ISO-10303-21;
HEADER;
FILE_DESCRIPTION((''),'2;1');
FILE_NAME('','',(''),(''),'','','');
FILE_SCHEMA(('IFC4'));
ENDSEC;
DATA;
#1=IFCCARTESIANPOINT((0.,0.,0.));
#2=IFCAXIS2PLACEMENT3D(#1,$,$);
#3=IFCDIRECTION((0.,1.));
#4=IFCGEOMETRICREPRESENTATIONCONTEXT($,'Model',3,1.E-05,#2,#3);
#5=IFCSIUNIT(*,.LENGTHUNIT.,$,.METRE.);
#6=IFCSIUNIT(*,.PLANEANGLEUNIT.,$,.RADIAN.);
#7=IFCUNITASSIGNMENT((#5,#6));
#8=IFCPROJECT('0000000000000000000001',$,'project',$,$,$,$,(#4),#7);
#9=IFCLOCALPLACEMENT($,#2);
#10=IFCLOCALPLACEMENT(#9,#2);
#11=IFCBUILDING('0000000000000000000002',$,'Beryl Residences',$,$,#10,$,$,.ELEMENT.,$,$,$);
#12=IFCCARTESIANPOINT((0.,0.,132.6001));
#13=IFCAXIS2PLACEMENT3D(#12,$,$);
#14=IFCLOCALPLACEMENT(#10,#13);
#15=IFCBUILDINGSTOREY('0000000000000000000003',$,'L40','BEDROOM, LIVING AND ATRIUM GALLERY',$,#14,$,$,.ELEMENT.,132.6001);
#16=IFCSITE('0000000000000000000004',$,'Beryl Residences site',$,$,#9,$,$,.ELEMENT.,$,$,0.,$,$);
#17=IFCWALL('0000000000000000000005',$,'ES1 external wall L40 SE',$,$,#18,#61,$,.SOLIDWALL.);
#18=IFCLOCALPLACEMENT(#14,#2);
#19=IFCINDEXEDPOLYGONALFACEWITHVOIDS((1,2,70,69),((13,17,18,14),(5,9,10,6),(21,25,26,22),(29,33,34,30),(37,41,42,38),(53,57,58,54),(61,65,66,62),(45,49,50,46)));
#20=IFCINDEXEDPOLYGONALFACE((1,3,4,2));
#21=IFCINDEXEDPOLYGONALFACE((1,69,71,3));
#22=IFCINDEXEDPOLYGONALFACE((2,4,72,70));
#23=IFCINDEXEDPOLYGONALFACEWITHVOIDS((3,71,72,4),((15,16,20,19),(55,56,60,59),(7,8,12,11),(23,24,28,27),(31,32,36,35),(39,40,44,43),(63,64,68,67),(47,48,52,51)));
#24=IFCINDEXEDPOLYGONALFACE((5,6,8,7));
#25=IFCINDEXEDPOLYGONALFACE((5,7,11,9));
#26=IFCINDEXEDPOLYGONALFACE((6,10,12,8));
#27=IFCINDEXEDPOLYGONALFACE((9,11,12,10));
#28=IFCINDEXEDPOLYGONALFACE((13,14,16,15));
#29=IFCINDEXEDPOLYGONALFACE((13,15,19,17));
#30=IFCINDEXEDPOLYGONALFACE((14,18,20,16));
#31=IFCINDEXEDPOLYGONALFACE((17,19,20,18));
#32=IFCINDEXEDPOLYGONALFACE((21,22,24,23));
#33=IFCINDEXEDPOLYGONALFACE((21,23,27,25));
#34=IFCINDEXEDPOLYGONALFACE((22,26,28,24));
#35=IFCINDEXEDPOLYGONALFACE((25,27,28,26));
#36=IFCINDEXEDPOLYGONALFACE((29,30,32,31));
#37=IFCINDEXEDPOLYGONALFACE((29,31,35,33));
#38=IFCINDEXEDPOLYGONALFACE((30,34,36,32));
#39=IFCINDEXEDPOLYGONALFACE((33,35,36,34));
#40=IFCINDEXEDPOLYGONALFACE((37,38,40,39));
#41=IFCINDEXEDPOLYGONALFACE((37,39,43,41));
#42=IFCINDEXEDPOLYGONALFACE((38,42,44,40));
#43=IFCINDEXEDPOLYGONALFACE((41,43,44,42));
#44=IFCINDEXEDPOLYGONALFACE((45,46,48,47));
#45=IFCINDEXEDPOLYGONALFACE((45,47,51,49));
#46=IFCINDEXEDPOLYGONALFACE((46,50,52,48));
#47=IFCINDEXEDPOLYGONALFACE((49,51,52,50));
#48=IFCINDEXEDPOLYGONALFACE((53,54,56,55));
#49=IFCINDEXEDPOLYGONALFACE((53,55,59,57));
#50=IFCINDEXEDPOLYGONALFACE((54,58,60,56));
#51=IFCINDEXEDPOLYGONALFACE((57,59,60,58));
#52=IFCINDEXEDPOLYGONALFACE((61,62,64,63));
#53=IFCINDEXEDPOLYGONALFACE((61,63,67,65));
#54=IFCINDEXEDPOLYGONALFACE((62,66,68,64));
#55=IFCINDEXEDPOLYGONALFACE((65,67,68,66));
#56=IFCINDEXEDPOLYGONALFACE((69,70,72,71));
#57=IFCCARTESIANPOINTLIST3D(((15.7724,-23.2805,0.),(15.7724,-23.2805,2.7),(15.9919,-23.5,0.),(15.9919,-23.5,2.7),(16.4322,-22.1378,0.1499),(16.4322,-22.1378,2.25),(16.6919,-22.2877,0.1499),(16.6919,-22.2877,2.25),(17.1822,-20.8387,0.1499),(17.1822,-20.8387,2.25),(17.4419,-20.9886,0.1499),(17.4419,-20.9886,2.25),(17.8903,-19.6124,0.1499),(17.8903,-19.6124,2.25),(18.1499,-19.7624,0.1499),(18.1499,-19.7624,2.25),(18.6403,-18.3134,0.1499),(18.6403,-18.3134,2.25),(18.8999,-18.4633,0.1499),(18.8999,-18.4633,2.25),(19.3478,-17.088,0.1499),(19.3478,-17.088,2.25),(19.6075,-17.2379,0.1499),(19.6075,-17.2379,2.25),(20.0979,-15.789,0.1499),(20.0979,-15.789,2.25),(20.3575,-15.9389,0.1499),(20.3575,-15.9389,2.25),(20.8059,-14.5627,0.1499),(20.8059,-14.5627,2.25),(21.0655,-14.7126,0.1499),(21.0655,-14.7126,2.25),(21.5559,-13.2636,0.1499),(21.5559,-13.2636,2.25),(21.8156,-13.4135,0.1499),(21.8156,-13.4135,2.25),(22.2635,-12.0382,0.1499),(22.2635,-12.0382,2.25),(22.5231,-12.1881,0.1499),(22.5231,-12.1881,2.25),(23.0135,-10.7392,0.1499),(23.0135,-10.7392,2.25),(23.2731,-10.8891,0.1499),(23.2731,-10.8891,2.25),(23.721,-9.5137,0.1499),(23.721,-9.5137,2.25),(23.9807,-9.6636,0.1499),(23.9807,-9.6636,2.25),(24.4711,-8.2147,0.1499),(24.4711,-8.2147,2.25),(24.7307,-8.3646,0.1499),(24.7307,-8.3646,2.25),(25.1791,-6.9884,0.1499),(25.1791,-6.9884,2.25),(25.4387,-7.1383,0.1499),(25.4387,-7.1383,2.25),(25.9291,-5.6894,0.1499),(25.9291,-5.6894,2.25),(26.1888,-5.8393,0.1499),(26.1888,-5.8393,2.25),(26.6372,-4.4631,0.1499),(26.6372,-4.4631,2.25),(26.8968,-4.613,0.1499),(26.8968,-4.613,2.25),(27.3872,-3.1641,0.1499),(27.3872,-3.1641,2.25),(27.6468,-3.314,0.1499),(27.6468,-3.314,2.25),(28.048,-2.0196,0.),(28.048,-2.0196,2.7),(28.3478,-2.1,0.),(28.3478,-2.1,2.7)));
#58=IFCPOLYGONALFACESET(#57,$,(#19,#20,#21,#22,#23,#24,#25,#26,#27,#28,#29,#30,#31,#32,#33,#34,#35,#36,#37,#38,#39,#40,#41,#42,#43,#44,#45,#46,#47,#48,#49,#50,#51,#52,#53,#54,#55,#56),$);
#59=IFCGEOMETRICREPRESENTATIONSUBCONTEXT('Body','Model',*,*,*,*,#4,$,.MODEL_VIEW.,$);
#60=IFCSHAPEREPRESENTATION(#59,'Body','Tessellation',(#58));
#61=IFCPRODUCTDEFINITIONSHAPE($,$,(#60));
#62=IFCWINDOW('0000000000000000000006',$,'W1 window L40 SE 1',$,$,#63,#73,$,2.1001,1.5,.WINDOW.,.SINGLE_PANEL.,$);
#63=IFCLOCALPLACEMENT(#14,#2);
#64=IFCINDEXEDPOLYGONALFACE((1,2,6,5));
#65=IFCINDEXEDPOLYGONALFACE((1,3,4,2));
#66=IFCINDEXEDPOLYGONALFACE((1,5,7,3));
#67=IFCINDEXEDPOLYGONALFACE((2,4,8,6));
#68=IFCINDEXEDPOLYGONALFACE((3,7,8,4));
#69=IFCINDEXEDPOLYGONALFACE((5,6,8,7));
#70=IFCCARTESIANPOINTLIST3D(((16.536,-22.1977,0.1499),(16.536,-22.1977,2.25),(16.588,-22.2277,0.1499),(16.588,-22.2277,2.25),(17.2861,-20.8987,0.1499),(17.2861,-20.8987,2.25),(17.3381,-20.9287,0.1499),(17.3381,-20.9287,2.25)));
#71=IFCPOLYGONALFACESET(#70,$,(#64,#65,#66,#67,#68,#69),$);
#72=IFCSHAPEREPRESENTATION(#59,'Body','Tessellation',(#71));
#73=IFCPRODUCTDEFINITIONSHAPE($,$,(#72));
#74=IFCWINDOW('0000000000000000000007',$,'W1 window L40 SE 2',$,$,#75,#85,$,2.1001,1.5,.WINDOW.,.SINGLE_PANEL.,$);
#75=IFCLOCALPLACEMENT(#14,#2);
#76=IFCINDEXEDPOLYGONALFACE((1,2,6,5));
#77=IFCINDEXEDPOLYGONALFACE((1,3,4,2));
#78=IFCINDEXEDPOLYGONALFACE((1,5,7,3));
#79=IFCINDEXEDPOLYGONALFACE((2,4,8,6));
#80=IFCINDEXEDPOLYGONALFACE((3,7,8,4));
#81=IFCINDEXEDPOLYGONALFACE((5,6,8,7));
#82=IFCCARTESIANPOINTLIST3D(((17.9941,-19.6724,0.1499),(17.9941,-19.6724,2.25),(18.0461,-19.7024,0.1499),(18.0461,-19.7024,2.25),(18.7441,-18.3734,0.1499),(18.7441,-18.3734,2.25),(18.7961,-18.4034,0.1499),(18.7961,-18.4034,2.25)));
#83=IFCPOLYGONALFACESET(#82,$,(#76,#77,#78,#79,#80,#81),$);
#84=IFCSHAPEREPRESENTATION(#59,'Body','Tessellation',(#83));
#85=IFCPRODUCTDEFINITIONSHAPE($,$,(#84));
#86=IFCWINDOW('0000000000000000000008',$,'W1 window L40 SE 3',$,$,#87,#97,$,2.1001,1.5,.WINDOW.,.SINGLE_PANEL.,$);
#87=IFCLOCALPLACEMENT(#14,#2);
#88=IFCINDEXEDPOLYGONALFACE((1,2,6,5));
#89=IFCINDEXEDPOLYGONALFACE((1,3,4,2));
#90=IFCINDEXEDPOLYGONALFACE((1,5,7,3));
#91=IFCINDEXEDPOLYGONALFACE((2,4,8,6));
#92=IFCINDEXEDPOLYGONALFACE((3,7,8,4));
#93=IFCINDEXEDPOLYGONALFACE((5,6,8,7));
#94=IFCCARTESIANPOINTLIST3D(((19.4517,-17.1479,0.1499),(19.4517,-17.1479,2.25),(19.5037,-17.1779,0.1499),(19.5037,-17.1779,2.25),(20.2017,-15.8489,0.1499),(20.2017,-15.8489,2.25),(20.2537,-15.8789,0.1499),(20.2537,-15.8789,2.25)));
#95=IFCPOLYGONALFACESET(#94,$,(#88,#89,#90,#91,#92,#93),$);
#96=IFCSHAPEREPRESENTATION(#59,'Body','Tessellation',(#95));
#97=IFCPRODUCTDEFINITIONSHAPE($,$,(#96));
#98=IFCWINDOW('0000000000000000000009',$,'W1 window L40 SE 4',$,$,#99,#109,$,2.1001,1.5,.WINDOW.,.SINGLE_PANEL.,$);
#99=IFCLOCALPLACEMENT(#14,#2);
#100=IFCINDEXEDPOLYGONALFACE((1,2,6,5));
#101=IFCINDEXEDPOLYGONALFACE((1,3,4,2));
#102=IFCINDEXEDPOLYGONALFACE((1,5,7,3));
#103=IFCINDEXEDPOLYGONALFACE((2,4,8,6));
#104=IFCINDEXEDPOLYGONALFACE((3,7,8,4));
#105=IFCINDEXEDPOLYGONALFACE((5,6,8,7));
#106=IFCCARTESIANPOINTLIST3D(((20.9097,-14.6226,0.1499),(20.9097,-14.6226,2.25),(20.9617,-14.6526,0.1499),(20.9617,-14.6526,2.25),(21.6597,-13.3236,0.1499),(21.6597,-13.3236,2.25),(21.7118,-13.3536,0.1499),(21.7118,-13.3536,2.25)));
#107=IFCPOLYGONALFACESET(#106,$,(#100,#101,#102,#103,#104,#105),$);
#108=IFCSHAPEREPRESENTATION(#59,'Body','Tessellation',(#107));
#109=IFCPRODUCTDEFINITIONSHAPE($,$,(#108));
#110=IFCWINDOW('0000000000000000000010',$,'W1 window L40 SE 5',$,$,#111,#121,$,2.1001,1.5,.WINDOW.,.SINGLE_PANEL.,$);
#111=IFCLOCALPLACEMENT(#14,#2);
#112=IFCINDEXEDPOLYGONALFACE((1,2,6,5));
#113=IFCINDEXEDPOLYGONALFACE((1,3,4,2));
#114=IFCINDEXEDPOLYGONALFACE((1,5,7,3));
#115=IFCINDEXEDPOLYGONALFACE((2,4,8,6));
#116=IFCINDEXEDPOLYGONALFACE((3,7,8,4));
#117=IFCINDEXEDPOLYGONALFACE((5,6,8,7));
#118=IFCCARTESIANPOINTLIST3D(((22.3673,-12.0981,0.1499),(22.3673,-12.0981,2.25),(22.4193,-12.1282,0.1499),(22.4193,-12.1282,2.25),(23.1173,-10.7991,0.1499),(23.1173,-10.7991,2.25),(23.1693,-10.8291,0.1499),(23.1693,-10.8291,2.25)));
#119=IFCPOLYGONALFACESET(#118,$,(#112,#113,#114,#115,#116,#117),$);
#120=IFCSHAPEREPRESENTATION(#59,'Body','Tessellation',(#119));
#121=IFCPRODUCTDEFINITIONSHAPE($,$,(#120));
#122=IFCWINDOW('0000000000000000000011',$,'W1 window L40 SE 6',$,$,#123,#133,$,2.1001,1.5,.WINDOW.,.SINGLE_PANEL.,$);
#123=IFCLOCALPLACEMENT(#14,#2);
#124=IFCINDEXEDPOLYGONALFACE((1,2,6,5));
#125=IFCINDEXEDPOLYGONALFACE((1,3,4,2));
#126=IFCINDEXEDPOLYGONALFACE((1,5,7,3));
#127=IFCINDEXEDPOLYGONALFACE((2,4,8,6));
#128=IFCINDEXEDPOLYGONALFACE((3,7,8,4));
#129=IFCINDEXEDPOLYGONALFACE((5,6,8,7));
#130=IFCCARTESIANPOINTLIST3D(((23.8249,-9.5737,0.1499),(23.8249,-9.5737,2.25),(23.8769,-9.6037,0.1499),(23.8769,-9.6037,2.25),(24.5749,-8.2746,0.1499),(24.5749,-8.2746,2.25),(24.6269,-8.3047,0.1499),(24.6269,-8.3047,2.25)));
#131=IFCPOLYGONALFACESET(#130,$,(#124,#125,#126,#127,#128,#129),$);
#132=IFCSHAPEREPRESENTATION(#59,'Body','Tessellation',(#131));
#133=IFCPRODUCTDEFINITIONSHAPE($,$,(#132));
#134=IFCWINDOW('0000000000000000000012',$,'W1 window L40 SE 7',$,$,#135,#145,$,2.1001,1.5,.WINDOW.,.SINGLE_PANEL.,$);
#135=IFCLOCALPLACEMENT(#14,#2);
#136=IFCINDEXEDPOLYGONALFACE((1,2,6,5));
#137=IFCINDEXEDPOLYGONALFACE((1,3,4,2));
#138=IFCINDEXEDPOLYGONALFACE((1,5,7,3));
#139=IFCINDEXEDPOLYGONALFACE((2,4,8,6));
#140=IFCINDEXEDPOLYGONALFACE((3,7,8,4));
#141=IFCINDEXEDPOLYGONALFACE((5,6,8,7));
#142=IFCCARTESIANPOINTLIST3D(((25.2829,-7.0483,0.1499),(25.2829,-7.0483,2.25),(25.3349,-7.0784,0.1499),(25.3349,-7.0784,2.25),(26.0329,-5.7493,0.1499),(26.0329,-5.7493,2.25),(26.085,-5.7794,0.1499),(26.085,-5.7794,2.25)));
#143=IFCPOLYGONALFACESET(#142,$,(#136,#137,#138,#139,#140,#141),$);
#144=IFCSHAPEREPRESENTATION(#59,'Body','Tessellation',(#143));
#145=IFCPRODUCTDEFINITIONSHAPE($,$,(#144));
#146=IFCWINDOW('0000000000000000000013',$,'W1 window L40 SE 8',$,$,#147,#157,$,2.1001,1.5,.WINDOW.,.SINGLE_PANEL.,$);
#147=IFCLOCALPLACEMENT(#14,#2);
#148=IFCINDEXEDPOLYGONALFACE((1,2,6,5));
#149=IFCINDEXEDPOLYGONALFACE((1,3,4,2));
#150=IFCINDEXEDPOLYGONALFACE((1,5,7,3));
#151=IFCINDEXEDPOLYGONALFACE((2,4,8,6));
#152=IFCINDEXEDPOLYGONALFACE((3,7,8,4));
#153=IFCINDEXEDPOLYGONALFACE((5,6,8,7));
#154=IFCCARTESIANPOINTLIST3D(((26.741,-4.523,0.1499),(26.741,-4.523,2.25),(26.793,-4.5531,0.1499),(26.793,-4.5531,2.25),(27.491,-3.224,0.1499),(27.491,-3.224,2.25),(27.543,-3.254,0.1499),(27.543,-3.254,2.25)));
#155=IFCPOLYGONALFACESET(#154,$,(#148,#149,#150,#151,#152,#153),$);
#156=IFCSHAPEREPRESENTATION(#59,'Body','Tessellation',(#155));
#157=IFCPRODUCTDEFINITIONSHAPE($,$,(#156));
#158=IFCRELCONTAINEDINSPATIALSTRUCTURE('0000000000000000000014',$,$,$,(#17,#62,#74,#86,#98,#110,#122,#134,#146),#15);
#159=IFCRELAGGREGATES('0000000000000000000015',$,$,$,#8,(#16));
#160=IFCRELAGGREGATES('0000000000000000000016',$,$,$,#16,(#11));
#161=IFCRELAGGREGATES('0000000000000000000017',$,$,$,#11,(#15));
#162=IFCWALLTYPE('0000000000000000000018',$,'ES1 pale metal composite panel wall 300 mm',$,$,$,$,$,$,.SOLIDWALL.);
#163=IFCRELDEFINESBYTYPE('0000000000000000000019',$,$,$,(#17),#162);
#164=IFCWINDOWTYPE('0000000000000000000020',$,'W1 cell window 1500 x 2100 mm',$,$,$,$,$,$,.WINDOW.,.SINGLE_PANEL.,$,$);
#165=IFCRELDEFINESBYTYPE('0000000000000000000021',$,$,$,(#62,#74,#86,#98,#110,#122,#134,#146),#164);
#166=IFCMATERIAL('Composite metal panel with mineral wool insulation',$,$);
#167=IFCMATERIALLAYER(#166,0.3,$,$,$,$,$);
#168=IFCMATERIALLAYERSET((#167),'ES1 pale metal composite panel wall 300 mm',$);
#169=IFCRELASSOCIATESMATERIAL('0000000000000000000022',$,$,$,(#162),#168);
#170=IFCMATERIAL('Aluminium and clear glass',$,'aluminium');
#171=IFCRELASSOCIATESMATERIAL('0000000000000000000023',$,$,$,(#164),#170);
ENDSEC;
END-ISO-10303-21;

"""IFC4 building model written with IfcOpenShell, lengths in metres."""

from ifc_helpers import new_model, si_unit, direction, frame, frame_2d, origin, place, context, subcontext, project, spatial, polyline, rectangle, outline, extrude, material, layer, layer_set, type_object, element, fill, save


model = new_model("IFC4")

# Units and contexts
model_context = context("Model", 3, precision=1e-05, world=origin(), true_north=direction((0.0, 1.0)))
body_context = subcontext(model_context, "Body", "Model", "MODEL_VIEW")
ifc_project = project(units=[si_unit("LENGTHUNIT", "METRE"), si_unit("PLANEANGLEUNIT", "RADIAN")], contexts=[model_context])

# Site, building, storey
site_placement = place(None, origin())
site = spatial("IfcSite", under=ifc_project, at=site_placement, Name="Beryl Residences site", CompositionType="ELEMENT", RefElevation=0.0)
building_placement = place(site_placement, origin())
building = spatial("IfcBuilding", under=site, at=building_placement, Name="Beryl Residences", CompositionType="ELEMENT")
storey_placement = place(building_placement, frame((0.0, 0.0, 132.6001)))
storey = spatial("IfcBuildingStorey", under=building, at=storey_placement, Name="L40", Description="BEDROOM, LIVING AND ATRIUM GALLERY", CompositionType="ELEMENT", Elevation=132.6001)

# Wall, openings, windows
ifc_material_1 = material(Name="Composite metal panel with mineral wool insulation")
ifc_layer_1 = layer(ifc_material_1, 0.3)
ifc_layer_set_1 = layer_set([ifc_layer_1], Name="ES1 pale metal composite panel wall 300 mm")
wall_type_1 = type_object("IfcWallType", Name="ES1 pale metal composite panel wall 300 mm", PredefinedType="SOLIDWALL", material=ifc_layer_set_1)
wall_1_placement = place(storey_placement, frame((15.8621, -23.425, 0.0), z_axis=(0.0, 0.0, 1.0), x_axis=(0.500018, 0.866015, 0.0)))
wall_1 = element("IfcWall", 1, at=wall_1_placement, inside=storey, type_object=wall_type_1, Name="ES1 external wall L40 SE", PredefinedType="SOLIDWALL", context=body_context, shape_type="SweptSolid", body=[
    extrude(outline(polyline([(0.0, -0.1499), (24.7109, -0.1499), (24.6306, 0.1499), (0.0803, 0.1499), (0.0, -0.1499)])), origin(), (0.0, 0.0, 1.0), 2.7),
])
opening_1_placement = place(wall_1_placement, frame((1.3999, 0.0, 0.1499)))
opening_1 = element("IfcOpeningElement", 2, at=opening_1_placement, cuts=wall_1, PredefinedType="OPENING", context=body_context, shape_type="SweptSolid", body=[
    extrude(rectangle(XDim=1.5, YDim=2.1001, at=frame_2d((0.75, 1.05))), frame((0.0, 0.1599, 0.0), z_axis=(0.0, -1.0, 0.0), x_axis=(1.0, 0.0, 0.0)), (0.0, 0.0, 1.0), 0.3201),
])
opening_2_placement = place(wall_1_placement, frame((4.3159, 0.0, 0.1499)))
opening_2 = element("IfcOpeningElement", 3, at=opening_2_placement, cuts=wall_1, PredefinedType="OPENING", context=body_context, shape_type="SweptSolid", body=[
    extrude(rectangle(XDim=1.5, YDim=2.1001, at=frame_2d((0.75, 1.05))), frame((0.0, 0.1599, 0.0), z_axis=(0.0, -1.0, 0.0), x_axis=(1.0, 0.0, 0.0)), (0.0, 0.0, 1.0), 0.3201),
])
opening_3_placement = place(wall_1_placement, frame((7.231, 0.0, 0.1499)))
opening_3 = element("IfcOpeningElement", 4, at=opening_3_placement, cuts=wall_1, PredefinedType="OPENING", context=body_context, shape_type="SweptSolid", body=[
    extrude(rectangle(XDim=1.5, YDim=2.1001, at=frame_2d((0.75, 1.05))), frame((0.0, 0.1599, 0.0), z_axis=(0.0, -1.0, 0.0), x_axis=(1.0, 0.0, 0.0)), (0.0, 0.0, 1.0), 0.3201),
])
opening_4_placement = place(wall_1_placement, frame((10.147, 0.0, 0.1499)))
opening_4 = element("IfcOpeningElement", 5, at=opening_4_placement, cuts=wall_1, PredefinedType="OPENING", context=body_context, shape_type="SweptSolid", body=[
    extrude(rectangle(XDim=1.5, YDim=2.1001, at=frame_2d((0.75, 1.05))), frame((0.0, 0.1599, 0.0), z_axis=(0.0, -1.0, 0.0), x_axis=(1.0, 0.0, 0.0)), (0.0, 0.0, 1.0), 0.3201),
])
opening_5_placement = place(wall_1_placement, frame((13.062, 0.0, 0.1499)))
opening_5 = element("IfcOpeningElement", 6, at=opening_5_placement, cuts=wall_1, PredefinedType="OPENING", context=body_context, shape_type="SweptSolid", body=[
    extrude(rectangle(XDim=1.5, YDim=2.1001, at=frame_2d((0.75, 1.05))), frame((0.0, 0.1599, 0.0), z_axis=(0.0, -1.0, 0.0), x_axis=(1.0, 0.0, 0.0)), (0.0, 0.0, 1.0), 0.3201),
])
opening_6_placement = place(wall_1_placement, frame((15.9771, 0.0, 0.1499)))
opening_6 = element("IfcOpeningElement", 7, at=opening_6_placement, cuts=wall_1, PredefinedType="OPENING", context=body_context, shape_type="SweptSolid", body=[
    extrude(rectangle(XDim=1.5, YDim=2.1001, at=frame_2d((0.75, 1.05))), frame((0.0, 0.1599, 0.0), z_axis=(0.0, -1.0, 0.0), x_axis=(1.0, 0.0, 0.0)), (0.0, 0.0, 1.0), 0.3201),
])
opening_7_placement = place(wall_1_placement, frame((18.8931, 0.0, 0.1499)))
opening_7 = element("IfcOpeningElement", 8, at=opening_7_placement, cuts=wall_1, PredefinedType="OPENING", context=body_context, shape_type="SweptSolid", body=[
    extrude(rectangle(XDim=1.5, YDim=2.1001, at=frame_2d((0.75, 1.05))), frame((0.0, 0.1599, 0.0), z_axis=(0.0, -1.0, 0.0), x_axis=(1.0, 0.0, 0.0)), (0.0, 0.0, 1.0), 0.3201),
])
opening_8_placement = place(wall_1_placement, frame((21.8091, 0.0, 0.1499)))
opening_8 = element("IfcOpeningElement", 9, at=opening_8_placement, cuts=wall_1, PredefinedType="OPENING", context=body_context, shape_type="SweptSolid", body=[
    extrude(rectangle(XDim=1.5, YDim=2.1001, at=frame_2d((0.75, 1.05))), frame((0.0, 0.1599, 0.0), z_axis=(0.0, -1.0, 0.0), x_axis=(1.0, 0.0, 0.0)), (0.0, 0.0, 1.0), 0.3201),
])
ifc_material_2 = material(Name="Aluminium and clear glass", Category="aluminium")
window_type_1 = type_object("IfcWindowType", Name="W1 cell window 1500 x 2100 mm", PartitioningType="SINGLE_PANEL", PredefinedType="WINDOW", material=ifc_material_2)
window_1_placement = place(opening_1_placement, origin())
window_1 = element("IfcWindow", 10, at=window_1_placement, inside=storey, type_object=window_type_1, Name="W1 window L40 SE 1", OverallHeight=2.1001, OverallWidth=1.5, PartitioningType="SINGLE_PANEL", PredefinedType="WINDOW", context=body_context, shape_type="SweptSolid", body=[
    extrude(rectangle(XDim=1.5, YDim=2.1001, at=frame_2d((0.75, 1.05))), frame((0.0, 0.03, 0.0), z_axis=(0.0, -1.0, 0.0), x_axis=(1.0, 0.0, 0.0)), (0.0, 0.0, 1.0), 0.0601),
])
fill(opening_1, window_1)
window_2_placement = place(opening_2_placement, origin())
window_2 = element("IfcWindow", 11, at=window_2_placement, inside=storey, type_object=window_type_1, Name="W1 window L40 SE 2", OverallHeight=2.1001, OverallWidth=1.5, PartitioningType="SINGLE_PANEL", PredefinedType="WINDOW", context=body_context, shape_type="SweptSolid", body=[
    extrude(rectangle(XDim=1.5, YDim=2.1001, at=frame_2d((0.75, 1.05))), frame((0.0, 0.03, 0.0), z_axis=(0.0, -1.0, 0.0), x_axis=(1.0, 0.0, 0.0)), (0.0, 0.0, 1.0), 0.0601),
])
fill(opening_2, window_2)
window_3_placement = place(opening_3_placement, origin())
window_3 = element("IfcWindow", 12, at=window_3_placement, inside=storey, type_object=window_type_1, Name="W1 window L40 SE 3", OverallHeight=2.1001, OverallWidth=1.5, PartitioningType="SINGLE_PANEL", PredefinedType="WINDOW", context=body_context, shape_type="SweptSolid", body=[
    extrude(rectangle(XDim=1.5, YDim=2.1001, at=frame_2d((0.75, 1.05))), frame((0.0, 0.03, 0.0), z_axis=(0.0, -1.0, 0.0), x_axis=(1.0, 0.0, 0.0)), (0.0, 0.0, 1.0), 0.0601),
])
fill(opening_3, window_3)
window_4_placement = place(opening_4_placement, origin())
window_4 = element("IfcWindow", 13, at=window_4_placement, inside=storey, type_object=window_type_1, Name="W1 window L40 SE 4", OverallHeight=2.1001, OverallWidth=1.5, PartitioningType="SINGLE_PANEL", PredefinedType="WINDOW", context=body_context, shape_type="SweptSolid", body=[
    extrude(rectangle(XDim=1.5, YDim=2.1001, at=frame_2d((0.75, 1.05))), frame((0.0, 0.03, 0.0), z_axis=(0.0, -1.0, 0.0), x_axis=(1.0, 0.0, 0.0)), (0.0, 0.0, 1.0), 0.0601),
])
fill(opening_4, window_4)
window_5_placement = place(opening_5_placement, origin())
window_5 = element("IfcWindow", 14, at=window_5_placement, inside=storey, type_object=window_type_1, Name="W1 window L40 SE 5", OverallHeight=2.1001, OverallWidth=1.5, PartitioningType="SINGLE_PANEL", PredefinedType="WINDOW", context=body_context, shape_type="SweptSolid", body=[
    extrude(rectangle(XDim=1.5, YDim=2.1001, at=frame_2d((0.75, 1.05))), frame((0.0, 0.03, 0.0), z_axis=(0.0, -1.0, 0.0), x_axis=(1.0, 0.0, 0.0)), (0.0, 0.0, 1.0), 0.0601),
])
fill(opening_5, window_5)
window_6_placement = place(opening_6_placement, origin())
window_6 = element("IfcWindow", 15, at=window_6_placement, inside=storey, type_object=window_type_1, Name="W1 window L40 SE 6", OverallHeight=2.1001, OverallWidth=1.5, PartitioningType="SINGLE_PANEL", PredefinedType="WINDOW", context=body_context, shape_type="SweptSolid", body=[
    extrude(rectangle(XDim=1.5, YDim=2.1001, at=frame_2d((0.75, 1.05))), frame((0.0, 0.03, 0.0), z_axis=(0.0, -1.0, 0.0), x_axis=(1.0, 0.0, 0.0)), (0.0, 0.0, 1.0), 0.0601),
])
fill(opening_6, window_6)
window_7_placement = place(opening_7_placement, origin())
window_7 = element("IfcWindow", 16, at=window_7_placement, inside=storey, type_object=window_type_1, Name="W1 window L40 SE 7", OverallHeight=2.1001, OverallWidth=1.5, PartitioningType="SINGLE_PANEL", PredefinedType="WINDOW", context=body_context, shape_type="SweptSolid", body=[
    extrude(rectangle(XDim=1.5, YDim=2.1001, at=frame_2d((0.75, 1.05))), frame((0.0, 0.03, 0.0), z_axis=(0.0, -1.0, 0.0), x_axis=(1.0, 0.0, 0.0)), (0.0, 0.0, 1.0), 0.0601),
])
fill(opening_7, window_7)
window_8_placement = place(opening_8_placement, origin())
window_8 = element("IfcWindow", 17, at=window_8_placement, inside=storey, type_object=window_type_1, Name="W1 window L40 SE 8", OverallHeight=2.1001, OverallWidth=1.5, PartitioningType="SINGLE_PANEL", PredefinedType="WINDOW", context=body_context, shape_type="SweptSolid", body=[
    extrude(rectangle(XDim=1.5, YDim=2.1001, at=frame_2d((0.75, 1.05))), frame((0.0, 0.03, 0.0), z_axis=(0.0, -1.0, 0.0), x_axis=(1.0, 0.0, 0.0)), (0.0, 0.0, 1.0), 0.0601),
])
fill(opening_8, window_8)

save(model, "model.ifc")
